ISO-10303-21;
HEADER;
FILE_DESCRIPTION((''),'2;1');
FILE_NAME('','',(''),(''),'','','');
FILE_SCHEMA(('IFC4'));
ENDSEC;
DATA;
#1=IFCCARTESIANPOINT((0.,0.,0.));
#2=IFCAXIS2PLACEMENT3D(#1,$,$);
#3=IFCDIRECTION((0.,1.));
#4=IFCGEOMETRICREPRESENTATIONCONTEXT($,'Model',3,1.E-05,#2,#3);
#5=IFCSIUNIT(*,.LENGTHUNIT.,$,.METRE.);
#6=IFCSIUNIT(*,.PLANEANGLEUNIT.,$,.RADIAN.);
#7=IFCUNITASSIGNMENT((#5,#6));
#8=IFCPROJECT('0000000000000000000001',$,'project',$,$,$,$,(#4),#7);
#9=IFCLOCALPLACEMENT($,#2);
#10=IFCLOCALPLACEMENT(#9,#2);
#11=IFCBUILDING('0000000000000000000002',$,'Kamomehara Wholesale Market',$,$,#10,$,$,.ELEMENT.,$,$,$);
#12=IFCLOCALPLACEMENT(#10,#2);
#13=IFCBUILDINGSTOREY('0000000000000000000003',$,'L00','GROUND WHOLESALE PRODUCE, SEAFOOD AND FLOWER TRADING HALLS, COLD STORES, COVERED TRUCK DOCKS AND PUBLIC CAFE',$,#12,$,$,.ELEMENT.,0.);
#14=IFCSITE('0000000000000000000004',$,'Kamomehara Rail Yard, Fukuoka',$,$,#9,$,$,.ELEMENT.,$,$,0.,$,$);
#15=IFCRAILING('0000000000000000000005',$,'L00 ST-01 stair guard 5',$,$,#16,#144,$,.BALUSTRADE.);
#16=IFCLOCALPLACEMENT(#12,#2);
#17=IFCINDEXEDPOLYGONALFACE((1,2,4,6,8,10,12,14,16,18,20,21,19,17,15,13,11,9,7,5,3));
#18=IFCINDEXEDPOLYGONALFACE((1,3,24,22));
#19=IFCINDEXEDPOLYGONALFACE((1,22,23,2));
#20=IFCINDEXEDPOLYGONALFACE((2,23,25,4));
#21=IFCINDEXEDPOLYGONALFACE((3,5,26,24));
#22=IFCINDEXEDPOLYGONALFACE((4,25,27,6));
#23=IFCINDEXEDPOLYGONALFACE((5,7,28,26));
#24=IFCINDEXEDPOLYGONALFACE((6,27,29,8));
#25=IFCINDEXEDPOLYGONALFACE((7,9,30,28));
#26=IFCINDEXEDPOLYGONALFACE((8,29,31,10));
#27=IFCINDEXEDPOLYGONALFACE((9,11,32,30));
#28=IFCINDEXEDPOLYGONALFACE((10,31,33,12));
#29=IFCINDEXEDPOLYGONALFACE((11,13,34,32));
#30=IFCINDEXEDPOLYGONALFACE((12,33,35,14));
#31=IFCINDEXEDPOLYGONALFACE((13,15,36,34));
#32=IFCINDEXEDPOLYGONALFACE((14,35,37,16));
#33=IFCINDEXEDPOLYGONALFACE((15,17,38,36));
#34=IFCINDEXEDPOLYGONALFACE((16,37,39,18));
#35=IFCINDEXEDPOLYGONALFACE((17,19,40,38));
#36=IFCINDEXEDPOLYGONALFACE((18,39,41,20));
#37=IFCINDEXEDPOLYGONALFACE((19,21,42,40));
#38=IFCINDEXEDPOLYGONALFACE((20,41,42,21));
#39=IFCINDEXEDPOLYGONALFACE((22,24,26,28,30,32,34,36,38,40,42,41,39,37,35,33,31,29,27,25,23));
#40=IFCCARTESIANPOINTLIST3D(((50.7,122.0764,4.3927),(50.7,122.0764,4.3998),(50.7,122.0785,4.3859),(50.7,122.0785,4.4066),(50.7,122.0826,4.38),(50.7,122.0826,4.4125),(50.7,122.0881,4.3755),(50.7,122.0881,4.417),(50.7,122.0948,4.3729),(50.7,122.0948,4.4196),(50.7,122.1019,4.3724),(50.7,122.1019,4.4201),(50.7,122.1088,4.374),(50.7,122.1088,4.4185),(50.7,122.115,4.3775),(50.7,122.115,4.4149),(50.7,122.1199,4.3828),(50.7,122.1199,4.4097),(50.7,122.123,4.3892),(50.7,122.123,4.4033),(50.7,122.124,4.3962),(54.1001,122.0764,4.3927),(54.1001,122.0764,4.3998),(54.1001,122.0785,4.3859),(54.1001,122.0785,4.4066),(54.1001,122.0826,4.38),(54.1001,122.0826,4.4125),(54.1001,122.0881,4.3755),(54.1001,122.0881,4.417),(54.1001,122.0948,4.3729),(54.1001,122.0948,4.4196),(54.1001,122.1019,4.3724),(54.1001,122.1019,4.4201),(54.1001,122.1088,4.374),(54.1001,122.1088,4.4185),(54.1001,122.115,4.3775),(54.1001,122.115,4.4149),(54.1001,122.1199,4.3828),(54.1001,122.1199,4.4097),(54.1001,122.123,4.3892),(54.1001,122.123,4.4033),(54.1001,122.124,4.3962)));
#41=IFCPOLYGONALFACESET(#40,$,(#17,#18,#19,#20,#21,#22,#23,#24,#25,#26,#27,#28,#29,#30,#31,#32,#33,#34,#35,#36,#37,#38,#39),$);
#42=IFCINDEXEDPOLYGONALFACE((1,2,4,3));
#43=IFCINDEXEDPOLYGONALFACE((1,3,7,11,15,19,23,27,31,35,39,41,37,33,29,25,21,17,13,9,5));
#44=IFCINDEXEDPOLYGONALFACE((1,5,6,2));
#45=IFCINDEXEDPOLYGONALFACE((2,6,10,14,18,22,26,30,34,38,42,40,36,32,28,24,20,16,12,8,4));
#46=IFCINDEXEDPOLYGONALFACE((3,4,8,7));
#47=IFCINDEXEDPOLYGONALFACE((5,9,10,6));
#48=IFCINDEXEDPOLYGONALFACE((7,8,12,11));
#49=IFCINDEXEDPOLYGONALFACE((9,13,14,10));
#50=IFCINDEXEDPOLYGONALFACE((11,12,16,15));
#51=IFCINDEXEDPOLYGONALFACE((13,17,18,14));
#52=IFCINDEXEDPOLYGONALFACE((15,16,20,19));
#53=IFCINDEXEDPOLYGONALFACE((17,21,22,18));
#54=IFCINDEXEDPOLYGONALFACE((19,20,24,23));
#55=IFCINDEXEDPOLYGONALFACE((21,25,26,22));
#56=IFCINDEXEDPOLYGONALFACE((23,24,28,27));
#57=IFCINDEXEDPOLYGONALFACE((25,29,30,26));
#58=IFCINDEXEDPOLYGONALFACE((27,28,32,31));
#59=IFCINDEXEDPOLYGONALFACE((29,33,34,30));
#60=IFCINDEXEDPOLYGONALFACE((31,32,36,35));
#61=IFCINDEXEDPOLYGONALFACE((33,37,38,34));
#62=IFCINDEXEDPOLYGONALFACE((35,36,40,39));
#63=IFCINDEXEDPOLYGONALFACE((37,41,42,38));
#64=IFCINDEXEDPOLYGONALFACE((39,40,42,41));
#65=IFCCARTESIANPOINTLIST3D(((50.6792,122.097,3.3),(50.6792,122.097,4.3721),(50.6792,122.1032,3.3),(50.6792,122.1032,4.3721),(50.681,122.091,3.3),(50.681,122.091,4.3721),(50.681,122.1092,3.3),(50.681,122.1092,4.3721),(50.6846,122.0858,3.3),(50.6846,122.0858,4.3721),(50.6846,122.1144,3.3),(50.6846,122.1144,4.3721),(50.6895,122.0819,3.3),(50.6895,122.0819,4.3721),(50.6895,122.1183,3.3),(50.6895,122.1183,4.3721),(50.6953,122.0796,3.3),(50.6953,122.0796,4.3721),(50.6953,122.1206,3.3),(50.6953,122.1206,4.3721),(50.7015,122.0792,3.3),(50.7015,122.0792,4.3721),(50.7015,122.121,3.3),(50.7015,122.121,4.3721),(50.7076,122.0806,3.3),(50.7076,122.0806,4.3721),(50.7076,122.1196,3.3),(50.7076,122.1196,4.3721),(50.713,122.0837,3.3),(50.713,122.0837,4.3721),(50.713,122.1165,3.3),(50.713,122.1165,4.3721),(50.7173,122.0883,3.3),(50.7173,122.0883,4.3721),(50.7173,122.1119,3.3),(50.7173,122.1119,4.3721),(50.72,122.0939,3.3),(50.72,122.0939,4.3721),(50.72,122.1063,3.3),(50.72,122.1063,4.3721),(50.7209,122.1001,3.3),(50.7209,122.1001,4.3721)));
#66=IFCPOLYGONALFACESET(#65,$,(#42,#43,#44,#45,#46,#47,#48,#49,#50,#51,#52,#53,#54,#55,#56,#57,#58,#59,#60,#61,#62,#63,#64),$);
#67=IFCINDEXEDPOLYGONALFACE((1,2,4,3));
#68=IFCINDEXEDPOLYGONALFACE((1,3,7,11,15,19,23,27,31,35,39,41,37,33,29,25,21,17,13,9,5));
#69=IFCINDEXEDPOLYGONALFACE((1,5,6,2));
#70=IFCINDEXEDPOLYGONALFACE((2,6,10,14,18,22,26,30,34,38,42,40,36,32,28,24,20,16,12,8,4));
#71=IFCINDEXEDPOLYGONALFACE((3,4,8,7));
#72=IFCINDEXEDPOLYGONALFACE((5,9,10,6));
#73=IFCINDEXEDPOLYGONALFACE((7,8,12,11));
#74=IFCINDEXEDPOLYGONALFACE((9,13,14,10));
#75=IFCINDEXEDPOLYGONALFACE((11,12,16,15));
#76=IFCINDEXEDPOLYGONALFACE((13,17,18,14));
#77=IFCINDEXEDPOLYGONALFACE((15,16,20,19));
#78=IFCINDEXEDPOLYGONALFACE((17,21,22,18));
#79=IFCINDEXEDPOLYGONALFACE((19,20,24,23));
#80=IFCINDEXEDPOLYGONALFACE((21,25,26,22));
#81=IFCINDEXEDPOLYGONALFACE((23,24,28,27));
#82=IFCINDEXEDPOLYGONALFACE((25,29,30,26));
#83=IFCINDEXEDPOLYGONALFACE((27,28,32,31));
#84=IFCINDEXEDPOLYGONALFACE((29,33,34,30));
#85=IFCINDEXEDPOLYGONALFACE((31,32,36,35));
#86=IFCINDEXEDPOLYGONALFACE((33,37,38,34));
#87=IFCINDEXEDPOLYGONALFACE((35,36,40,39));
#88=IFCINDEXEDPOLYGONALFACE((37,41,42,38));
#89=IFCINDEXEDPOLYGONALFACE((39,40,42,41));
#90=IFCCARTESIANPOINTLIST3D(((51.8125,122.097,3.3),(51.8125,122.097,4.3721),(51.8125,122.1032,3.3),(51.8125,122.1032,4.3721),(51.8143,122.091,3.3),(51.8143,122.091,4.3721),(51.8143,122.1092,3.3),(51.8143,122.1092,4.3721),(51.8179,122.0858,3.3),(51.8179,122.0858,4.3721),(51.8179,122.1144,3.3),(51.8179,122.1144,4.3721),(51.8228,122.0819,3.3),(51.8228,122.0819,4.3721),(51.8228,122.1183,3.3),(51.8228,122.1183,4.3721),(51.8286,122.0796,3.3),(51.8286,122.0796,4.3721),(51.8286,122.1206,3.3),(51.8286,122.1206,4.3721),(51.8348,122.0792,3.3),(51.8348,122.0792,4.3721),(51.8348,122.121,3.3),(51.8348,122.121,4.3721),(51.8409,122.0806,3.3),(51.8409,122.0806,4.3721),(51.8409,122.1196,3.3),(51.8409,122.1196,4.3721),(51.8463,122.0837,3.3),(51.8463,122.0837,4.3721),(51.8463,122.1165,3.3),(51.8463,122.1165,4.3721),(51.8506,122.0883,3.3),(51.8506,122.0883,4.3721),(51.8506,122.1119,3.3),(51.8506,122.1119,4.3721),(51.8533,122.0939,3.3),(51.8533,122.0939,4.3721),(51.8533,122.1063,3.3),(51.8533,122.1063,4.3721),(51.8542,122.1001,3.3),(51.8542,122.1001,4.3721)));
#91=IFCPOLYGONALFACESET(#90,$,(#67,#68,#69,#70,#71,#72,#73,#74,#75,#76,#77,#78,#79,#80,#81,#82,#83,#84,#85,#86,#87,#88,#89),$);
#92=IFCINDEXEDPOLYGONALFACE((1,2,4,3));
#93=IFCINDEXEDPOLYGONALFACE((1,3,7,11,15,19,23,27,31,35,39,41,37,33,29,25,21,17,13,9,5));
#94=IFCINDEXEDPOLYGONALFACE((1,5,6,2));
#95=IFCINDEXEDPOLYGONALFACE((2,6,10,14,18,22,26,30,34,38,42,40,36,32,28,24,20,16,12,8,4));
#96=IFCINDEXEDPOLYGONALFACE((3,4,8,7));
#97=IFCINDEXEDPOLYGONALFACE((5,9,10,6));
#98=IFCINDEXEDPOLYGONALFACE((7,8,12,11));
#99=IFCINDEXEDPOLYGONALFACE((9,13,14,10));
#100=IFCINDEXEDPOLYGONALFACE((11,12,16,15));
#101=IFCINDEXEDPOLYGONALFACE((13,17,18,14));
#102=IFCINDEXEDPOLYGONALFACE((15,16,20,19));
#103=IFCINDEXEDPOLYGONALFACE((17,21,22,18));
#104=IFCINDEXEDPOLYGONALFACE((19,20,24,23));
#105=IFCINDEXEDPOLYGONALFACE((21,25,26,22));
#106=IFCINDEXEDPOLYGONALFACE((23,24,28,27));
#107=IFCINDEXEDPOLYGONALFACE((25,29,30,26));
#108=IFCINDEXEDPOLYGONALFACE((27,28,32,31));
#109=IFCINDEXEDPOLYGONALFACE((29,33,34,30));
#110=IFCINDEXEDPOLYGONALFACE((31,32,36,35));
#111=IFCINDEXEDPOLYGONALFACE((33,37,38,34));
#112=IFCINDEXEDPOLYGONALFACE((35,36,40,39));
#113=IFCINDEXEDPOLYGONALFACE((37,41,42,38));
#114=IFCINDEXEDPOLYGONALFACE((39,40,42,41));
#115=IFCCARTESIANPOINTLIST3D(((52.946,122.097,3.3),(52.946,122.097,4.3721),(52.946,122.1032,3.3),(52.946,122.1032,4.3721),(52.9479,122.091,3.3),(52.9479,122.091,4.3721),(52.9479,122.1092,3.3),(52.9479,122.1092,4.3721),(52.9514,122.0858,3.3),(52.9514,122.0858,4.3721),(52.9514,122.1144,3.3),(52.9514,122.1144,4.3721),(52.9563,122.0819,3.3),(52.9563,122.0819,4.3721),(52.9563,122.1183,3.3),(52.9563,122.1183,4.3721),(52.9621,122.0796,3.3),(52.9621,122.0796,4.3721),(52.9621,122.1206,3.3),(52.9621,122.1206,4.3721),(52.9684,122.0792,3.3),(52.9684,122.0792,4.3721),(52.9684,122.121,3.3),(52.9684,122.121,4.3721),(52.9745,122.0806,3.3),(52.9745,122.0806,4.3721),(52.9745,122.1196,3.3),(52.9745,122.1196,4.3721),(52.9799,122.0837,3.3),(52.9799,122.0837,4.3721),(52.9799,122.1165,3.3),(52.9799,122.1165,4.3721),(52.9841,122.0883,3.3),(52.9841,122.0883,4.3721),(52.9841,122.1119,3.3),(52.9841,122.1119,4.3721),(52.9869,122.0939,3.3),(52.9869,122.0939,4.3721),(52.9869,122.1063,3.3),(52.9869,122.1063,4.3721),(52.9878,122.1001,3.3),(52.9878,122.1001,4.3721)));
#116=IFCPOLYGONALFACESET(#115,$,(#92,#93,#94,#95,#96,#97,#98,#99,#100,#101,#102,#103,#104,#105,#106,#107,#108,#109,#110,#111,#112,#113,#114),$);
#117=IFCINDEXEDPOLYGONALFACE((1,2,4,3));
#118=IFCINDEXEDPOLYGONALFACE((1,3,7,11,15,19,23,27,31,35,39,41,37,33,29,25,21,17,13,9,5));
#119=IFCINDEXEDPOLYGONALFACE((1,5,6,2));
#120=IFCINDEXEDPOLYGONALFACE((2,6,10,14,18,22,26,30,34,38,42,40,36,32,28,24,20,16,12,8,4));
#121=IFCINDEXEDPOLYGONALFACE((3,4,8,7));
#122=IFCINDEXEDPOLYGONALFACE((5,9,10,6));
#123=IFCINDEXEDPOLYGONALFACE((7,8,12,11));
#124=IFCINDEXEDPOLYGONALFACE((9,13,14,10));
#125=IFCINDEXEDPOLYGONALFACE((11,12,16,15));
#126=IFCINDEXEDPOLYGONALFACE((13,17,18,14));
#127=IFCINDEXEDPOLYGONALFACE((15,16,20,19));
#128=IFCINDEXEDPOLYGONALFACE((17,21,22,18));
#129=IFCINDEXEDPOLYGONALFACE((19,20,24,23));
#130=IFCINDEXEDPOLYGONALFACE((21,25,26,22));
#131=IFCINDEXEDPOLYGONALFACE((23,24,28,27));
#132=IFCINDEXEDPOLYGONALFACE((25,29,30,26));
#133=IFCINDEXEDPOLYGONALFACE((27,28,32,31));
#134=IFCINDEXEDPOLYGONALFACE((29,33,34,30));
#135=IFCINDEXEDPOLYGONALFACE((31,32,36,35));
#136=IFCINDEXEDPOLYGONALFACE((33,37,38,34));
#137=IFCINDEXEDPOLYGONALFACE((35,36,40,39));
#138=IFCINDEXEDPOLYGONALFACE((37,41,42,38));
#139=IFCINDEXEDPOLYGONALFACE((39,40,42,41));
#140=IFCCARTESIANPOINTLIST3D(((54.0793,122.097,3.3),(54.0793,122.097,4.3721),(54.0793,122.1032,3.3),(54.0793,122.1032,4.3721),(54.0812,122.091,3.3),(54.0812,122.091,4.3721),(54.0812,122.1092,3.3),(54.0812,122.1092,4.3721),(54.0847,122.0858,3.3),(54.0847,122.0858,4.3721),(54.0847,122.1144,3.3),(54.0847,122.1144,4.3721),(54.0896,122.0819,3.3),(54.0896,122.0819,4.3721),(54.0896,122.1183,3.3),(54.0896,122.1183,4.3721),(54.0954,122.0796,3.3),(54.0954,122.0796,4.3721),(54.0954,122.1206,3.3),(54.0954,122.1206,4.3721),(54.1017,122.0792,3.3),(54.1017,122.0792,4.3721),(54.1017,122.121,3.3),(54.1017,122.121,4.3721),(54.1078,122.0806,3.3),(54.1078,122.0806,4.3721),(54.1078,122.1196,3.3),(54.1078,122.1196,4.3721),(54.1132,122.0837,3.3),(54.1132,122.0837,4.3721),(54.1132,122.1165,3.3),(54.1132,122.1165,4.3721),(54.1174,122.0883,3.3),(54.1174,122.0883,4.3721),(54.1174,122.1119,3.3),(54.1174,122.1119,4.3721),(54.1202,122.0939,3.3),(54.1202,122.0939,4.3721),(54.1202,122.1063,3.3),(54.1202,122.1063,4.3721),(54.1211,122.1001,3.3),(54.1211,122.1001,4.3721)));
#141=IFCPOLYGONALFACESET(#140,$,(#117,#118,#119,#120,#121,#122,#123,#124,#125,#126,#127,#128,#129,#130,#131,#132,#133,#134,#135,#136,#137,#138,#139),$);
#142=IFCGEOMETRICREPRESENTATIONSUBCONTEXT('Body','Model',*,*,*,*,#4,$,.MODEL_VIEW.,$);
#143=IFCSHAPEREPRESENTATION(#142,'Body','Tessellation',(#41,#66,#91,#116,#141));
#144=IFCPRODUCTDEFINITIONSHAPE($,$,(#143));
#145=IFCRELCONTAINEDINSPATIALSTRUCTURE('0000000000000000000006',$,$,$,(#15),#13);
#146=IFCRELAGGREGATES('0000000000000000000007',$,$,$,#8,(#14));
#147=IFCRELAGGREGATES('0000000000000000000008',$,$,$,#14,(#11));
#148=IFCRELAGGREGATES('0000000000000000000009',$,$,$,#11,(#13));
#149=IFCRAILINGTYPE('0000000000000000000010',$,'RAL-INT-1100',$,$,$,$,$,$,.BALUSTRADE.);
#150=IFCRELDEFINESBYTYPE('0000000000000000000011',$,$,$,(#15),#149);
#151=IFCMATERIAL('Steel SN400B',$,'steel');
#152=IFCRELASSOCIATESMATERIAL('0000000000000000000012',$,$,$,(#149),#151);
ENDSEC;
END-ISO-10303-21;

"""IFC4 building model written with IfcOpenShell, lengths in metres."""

from ifc_helpers import new_model, si_unit, direction, frame, origin, origin_2d, place, context, subcontext, project, spatial, circle, extrude, material, type_object, element, save


model = new_model("IFC4")

# Units and contexts
model_context = context("Model", 3, precision=1e-05, world=origin(), true_north=direction((0.0, 1.0)))
body_context = subcontext(model_context, "Body", "Model", "MODEL_VIEW")
ifc_project = project(units=[si_unit("LENGTHUNIT", "METRE"), si_unit("PLANEANGLEUNIT", "RADIAN")], contexts=[model_context])

# Site, building, storey
site_placement = place(None, origin())
site = spatial("IfcSite", under=ifc_project, at=site_placement, Name="Kamomehara Rail Yard, Fukuoka", CompositionType="ELEMENT", RefElevation=0.0)
building_placement = place(site_placement, origin())
building = spatial("IfcBuilding", under=site, at=building_placement, Name="Kamomehara Wholesale Market", CompositionType="ELEMENT")
storey_placement = place(building_placement, origin())
storey = spatial("IfcBuildingStorey", under=building, at=storey_placement, Name="L00", Description="GROUND WHOLESALE PRODUCE, SEAFOOD AND FLOWER TRADING HALLS, COLD STORES, COVERED TRUCK DOCKS AND PUBLIC CAFE", CompositionType="ELEMENT", Elevation=0.0)

# Railing
ifc_material_1 = material(Name="Steel SN400B", Category="steel")
railing_type_1 = type_object("IfcRailingType", Name="RAL-INT-1100", PredefinedType="BALUSTRADE", material=ifc_material_1)
railing_1_placement = place(storey_placement, frame((50.7, 122.1001, 3.3)))
element("IfcRailing", 1, at=railing_1_placement, inside=storey, type_object=railing_type_1, Name="L00 ST-01 stair guard 5", PredefinedType="BALUSTRADE", context=body_context, shape_type="SweptSolid", body=[
    extrude(circle(Radius=0.0239, at=origin_2d()), frame((0.0, 0.0, 1.0962), z_axis=(1.0, 0.0, 0.0), x_axis=(0.0, 1.0, 0.0)), (0.0, 0.0, 1.0), 3.4001),
    extrude(circle(Radius=0.021, at=origin_2d()), origin(), (0.0, 0.0, 1.0), 1.072),
    extrude(circle(Radius=0.021, at=origin_2d()), frame((1.1333, 0.0, 0.0)), (0.0, 0.0, 1.0), 1.072),
    extrude(circle(Radius=0.021, at=origin_2d()), frame((2.2668, 0.0, 0.0)), (0.0, 0.0, 1.0), 1.072),
    extrude(circle(Radius=0.021, at=origin_2d()), frame((3.4001, 0.0, 0.0)), (0.0, 0.0, 1.0), 1.072),
])

save(model, "model.ifc")
